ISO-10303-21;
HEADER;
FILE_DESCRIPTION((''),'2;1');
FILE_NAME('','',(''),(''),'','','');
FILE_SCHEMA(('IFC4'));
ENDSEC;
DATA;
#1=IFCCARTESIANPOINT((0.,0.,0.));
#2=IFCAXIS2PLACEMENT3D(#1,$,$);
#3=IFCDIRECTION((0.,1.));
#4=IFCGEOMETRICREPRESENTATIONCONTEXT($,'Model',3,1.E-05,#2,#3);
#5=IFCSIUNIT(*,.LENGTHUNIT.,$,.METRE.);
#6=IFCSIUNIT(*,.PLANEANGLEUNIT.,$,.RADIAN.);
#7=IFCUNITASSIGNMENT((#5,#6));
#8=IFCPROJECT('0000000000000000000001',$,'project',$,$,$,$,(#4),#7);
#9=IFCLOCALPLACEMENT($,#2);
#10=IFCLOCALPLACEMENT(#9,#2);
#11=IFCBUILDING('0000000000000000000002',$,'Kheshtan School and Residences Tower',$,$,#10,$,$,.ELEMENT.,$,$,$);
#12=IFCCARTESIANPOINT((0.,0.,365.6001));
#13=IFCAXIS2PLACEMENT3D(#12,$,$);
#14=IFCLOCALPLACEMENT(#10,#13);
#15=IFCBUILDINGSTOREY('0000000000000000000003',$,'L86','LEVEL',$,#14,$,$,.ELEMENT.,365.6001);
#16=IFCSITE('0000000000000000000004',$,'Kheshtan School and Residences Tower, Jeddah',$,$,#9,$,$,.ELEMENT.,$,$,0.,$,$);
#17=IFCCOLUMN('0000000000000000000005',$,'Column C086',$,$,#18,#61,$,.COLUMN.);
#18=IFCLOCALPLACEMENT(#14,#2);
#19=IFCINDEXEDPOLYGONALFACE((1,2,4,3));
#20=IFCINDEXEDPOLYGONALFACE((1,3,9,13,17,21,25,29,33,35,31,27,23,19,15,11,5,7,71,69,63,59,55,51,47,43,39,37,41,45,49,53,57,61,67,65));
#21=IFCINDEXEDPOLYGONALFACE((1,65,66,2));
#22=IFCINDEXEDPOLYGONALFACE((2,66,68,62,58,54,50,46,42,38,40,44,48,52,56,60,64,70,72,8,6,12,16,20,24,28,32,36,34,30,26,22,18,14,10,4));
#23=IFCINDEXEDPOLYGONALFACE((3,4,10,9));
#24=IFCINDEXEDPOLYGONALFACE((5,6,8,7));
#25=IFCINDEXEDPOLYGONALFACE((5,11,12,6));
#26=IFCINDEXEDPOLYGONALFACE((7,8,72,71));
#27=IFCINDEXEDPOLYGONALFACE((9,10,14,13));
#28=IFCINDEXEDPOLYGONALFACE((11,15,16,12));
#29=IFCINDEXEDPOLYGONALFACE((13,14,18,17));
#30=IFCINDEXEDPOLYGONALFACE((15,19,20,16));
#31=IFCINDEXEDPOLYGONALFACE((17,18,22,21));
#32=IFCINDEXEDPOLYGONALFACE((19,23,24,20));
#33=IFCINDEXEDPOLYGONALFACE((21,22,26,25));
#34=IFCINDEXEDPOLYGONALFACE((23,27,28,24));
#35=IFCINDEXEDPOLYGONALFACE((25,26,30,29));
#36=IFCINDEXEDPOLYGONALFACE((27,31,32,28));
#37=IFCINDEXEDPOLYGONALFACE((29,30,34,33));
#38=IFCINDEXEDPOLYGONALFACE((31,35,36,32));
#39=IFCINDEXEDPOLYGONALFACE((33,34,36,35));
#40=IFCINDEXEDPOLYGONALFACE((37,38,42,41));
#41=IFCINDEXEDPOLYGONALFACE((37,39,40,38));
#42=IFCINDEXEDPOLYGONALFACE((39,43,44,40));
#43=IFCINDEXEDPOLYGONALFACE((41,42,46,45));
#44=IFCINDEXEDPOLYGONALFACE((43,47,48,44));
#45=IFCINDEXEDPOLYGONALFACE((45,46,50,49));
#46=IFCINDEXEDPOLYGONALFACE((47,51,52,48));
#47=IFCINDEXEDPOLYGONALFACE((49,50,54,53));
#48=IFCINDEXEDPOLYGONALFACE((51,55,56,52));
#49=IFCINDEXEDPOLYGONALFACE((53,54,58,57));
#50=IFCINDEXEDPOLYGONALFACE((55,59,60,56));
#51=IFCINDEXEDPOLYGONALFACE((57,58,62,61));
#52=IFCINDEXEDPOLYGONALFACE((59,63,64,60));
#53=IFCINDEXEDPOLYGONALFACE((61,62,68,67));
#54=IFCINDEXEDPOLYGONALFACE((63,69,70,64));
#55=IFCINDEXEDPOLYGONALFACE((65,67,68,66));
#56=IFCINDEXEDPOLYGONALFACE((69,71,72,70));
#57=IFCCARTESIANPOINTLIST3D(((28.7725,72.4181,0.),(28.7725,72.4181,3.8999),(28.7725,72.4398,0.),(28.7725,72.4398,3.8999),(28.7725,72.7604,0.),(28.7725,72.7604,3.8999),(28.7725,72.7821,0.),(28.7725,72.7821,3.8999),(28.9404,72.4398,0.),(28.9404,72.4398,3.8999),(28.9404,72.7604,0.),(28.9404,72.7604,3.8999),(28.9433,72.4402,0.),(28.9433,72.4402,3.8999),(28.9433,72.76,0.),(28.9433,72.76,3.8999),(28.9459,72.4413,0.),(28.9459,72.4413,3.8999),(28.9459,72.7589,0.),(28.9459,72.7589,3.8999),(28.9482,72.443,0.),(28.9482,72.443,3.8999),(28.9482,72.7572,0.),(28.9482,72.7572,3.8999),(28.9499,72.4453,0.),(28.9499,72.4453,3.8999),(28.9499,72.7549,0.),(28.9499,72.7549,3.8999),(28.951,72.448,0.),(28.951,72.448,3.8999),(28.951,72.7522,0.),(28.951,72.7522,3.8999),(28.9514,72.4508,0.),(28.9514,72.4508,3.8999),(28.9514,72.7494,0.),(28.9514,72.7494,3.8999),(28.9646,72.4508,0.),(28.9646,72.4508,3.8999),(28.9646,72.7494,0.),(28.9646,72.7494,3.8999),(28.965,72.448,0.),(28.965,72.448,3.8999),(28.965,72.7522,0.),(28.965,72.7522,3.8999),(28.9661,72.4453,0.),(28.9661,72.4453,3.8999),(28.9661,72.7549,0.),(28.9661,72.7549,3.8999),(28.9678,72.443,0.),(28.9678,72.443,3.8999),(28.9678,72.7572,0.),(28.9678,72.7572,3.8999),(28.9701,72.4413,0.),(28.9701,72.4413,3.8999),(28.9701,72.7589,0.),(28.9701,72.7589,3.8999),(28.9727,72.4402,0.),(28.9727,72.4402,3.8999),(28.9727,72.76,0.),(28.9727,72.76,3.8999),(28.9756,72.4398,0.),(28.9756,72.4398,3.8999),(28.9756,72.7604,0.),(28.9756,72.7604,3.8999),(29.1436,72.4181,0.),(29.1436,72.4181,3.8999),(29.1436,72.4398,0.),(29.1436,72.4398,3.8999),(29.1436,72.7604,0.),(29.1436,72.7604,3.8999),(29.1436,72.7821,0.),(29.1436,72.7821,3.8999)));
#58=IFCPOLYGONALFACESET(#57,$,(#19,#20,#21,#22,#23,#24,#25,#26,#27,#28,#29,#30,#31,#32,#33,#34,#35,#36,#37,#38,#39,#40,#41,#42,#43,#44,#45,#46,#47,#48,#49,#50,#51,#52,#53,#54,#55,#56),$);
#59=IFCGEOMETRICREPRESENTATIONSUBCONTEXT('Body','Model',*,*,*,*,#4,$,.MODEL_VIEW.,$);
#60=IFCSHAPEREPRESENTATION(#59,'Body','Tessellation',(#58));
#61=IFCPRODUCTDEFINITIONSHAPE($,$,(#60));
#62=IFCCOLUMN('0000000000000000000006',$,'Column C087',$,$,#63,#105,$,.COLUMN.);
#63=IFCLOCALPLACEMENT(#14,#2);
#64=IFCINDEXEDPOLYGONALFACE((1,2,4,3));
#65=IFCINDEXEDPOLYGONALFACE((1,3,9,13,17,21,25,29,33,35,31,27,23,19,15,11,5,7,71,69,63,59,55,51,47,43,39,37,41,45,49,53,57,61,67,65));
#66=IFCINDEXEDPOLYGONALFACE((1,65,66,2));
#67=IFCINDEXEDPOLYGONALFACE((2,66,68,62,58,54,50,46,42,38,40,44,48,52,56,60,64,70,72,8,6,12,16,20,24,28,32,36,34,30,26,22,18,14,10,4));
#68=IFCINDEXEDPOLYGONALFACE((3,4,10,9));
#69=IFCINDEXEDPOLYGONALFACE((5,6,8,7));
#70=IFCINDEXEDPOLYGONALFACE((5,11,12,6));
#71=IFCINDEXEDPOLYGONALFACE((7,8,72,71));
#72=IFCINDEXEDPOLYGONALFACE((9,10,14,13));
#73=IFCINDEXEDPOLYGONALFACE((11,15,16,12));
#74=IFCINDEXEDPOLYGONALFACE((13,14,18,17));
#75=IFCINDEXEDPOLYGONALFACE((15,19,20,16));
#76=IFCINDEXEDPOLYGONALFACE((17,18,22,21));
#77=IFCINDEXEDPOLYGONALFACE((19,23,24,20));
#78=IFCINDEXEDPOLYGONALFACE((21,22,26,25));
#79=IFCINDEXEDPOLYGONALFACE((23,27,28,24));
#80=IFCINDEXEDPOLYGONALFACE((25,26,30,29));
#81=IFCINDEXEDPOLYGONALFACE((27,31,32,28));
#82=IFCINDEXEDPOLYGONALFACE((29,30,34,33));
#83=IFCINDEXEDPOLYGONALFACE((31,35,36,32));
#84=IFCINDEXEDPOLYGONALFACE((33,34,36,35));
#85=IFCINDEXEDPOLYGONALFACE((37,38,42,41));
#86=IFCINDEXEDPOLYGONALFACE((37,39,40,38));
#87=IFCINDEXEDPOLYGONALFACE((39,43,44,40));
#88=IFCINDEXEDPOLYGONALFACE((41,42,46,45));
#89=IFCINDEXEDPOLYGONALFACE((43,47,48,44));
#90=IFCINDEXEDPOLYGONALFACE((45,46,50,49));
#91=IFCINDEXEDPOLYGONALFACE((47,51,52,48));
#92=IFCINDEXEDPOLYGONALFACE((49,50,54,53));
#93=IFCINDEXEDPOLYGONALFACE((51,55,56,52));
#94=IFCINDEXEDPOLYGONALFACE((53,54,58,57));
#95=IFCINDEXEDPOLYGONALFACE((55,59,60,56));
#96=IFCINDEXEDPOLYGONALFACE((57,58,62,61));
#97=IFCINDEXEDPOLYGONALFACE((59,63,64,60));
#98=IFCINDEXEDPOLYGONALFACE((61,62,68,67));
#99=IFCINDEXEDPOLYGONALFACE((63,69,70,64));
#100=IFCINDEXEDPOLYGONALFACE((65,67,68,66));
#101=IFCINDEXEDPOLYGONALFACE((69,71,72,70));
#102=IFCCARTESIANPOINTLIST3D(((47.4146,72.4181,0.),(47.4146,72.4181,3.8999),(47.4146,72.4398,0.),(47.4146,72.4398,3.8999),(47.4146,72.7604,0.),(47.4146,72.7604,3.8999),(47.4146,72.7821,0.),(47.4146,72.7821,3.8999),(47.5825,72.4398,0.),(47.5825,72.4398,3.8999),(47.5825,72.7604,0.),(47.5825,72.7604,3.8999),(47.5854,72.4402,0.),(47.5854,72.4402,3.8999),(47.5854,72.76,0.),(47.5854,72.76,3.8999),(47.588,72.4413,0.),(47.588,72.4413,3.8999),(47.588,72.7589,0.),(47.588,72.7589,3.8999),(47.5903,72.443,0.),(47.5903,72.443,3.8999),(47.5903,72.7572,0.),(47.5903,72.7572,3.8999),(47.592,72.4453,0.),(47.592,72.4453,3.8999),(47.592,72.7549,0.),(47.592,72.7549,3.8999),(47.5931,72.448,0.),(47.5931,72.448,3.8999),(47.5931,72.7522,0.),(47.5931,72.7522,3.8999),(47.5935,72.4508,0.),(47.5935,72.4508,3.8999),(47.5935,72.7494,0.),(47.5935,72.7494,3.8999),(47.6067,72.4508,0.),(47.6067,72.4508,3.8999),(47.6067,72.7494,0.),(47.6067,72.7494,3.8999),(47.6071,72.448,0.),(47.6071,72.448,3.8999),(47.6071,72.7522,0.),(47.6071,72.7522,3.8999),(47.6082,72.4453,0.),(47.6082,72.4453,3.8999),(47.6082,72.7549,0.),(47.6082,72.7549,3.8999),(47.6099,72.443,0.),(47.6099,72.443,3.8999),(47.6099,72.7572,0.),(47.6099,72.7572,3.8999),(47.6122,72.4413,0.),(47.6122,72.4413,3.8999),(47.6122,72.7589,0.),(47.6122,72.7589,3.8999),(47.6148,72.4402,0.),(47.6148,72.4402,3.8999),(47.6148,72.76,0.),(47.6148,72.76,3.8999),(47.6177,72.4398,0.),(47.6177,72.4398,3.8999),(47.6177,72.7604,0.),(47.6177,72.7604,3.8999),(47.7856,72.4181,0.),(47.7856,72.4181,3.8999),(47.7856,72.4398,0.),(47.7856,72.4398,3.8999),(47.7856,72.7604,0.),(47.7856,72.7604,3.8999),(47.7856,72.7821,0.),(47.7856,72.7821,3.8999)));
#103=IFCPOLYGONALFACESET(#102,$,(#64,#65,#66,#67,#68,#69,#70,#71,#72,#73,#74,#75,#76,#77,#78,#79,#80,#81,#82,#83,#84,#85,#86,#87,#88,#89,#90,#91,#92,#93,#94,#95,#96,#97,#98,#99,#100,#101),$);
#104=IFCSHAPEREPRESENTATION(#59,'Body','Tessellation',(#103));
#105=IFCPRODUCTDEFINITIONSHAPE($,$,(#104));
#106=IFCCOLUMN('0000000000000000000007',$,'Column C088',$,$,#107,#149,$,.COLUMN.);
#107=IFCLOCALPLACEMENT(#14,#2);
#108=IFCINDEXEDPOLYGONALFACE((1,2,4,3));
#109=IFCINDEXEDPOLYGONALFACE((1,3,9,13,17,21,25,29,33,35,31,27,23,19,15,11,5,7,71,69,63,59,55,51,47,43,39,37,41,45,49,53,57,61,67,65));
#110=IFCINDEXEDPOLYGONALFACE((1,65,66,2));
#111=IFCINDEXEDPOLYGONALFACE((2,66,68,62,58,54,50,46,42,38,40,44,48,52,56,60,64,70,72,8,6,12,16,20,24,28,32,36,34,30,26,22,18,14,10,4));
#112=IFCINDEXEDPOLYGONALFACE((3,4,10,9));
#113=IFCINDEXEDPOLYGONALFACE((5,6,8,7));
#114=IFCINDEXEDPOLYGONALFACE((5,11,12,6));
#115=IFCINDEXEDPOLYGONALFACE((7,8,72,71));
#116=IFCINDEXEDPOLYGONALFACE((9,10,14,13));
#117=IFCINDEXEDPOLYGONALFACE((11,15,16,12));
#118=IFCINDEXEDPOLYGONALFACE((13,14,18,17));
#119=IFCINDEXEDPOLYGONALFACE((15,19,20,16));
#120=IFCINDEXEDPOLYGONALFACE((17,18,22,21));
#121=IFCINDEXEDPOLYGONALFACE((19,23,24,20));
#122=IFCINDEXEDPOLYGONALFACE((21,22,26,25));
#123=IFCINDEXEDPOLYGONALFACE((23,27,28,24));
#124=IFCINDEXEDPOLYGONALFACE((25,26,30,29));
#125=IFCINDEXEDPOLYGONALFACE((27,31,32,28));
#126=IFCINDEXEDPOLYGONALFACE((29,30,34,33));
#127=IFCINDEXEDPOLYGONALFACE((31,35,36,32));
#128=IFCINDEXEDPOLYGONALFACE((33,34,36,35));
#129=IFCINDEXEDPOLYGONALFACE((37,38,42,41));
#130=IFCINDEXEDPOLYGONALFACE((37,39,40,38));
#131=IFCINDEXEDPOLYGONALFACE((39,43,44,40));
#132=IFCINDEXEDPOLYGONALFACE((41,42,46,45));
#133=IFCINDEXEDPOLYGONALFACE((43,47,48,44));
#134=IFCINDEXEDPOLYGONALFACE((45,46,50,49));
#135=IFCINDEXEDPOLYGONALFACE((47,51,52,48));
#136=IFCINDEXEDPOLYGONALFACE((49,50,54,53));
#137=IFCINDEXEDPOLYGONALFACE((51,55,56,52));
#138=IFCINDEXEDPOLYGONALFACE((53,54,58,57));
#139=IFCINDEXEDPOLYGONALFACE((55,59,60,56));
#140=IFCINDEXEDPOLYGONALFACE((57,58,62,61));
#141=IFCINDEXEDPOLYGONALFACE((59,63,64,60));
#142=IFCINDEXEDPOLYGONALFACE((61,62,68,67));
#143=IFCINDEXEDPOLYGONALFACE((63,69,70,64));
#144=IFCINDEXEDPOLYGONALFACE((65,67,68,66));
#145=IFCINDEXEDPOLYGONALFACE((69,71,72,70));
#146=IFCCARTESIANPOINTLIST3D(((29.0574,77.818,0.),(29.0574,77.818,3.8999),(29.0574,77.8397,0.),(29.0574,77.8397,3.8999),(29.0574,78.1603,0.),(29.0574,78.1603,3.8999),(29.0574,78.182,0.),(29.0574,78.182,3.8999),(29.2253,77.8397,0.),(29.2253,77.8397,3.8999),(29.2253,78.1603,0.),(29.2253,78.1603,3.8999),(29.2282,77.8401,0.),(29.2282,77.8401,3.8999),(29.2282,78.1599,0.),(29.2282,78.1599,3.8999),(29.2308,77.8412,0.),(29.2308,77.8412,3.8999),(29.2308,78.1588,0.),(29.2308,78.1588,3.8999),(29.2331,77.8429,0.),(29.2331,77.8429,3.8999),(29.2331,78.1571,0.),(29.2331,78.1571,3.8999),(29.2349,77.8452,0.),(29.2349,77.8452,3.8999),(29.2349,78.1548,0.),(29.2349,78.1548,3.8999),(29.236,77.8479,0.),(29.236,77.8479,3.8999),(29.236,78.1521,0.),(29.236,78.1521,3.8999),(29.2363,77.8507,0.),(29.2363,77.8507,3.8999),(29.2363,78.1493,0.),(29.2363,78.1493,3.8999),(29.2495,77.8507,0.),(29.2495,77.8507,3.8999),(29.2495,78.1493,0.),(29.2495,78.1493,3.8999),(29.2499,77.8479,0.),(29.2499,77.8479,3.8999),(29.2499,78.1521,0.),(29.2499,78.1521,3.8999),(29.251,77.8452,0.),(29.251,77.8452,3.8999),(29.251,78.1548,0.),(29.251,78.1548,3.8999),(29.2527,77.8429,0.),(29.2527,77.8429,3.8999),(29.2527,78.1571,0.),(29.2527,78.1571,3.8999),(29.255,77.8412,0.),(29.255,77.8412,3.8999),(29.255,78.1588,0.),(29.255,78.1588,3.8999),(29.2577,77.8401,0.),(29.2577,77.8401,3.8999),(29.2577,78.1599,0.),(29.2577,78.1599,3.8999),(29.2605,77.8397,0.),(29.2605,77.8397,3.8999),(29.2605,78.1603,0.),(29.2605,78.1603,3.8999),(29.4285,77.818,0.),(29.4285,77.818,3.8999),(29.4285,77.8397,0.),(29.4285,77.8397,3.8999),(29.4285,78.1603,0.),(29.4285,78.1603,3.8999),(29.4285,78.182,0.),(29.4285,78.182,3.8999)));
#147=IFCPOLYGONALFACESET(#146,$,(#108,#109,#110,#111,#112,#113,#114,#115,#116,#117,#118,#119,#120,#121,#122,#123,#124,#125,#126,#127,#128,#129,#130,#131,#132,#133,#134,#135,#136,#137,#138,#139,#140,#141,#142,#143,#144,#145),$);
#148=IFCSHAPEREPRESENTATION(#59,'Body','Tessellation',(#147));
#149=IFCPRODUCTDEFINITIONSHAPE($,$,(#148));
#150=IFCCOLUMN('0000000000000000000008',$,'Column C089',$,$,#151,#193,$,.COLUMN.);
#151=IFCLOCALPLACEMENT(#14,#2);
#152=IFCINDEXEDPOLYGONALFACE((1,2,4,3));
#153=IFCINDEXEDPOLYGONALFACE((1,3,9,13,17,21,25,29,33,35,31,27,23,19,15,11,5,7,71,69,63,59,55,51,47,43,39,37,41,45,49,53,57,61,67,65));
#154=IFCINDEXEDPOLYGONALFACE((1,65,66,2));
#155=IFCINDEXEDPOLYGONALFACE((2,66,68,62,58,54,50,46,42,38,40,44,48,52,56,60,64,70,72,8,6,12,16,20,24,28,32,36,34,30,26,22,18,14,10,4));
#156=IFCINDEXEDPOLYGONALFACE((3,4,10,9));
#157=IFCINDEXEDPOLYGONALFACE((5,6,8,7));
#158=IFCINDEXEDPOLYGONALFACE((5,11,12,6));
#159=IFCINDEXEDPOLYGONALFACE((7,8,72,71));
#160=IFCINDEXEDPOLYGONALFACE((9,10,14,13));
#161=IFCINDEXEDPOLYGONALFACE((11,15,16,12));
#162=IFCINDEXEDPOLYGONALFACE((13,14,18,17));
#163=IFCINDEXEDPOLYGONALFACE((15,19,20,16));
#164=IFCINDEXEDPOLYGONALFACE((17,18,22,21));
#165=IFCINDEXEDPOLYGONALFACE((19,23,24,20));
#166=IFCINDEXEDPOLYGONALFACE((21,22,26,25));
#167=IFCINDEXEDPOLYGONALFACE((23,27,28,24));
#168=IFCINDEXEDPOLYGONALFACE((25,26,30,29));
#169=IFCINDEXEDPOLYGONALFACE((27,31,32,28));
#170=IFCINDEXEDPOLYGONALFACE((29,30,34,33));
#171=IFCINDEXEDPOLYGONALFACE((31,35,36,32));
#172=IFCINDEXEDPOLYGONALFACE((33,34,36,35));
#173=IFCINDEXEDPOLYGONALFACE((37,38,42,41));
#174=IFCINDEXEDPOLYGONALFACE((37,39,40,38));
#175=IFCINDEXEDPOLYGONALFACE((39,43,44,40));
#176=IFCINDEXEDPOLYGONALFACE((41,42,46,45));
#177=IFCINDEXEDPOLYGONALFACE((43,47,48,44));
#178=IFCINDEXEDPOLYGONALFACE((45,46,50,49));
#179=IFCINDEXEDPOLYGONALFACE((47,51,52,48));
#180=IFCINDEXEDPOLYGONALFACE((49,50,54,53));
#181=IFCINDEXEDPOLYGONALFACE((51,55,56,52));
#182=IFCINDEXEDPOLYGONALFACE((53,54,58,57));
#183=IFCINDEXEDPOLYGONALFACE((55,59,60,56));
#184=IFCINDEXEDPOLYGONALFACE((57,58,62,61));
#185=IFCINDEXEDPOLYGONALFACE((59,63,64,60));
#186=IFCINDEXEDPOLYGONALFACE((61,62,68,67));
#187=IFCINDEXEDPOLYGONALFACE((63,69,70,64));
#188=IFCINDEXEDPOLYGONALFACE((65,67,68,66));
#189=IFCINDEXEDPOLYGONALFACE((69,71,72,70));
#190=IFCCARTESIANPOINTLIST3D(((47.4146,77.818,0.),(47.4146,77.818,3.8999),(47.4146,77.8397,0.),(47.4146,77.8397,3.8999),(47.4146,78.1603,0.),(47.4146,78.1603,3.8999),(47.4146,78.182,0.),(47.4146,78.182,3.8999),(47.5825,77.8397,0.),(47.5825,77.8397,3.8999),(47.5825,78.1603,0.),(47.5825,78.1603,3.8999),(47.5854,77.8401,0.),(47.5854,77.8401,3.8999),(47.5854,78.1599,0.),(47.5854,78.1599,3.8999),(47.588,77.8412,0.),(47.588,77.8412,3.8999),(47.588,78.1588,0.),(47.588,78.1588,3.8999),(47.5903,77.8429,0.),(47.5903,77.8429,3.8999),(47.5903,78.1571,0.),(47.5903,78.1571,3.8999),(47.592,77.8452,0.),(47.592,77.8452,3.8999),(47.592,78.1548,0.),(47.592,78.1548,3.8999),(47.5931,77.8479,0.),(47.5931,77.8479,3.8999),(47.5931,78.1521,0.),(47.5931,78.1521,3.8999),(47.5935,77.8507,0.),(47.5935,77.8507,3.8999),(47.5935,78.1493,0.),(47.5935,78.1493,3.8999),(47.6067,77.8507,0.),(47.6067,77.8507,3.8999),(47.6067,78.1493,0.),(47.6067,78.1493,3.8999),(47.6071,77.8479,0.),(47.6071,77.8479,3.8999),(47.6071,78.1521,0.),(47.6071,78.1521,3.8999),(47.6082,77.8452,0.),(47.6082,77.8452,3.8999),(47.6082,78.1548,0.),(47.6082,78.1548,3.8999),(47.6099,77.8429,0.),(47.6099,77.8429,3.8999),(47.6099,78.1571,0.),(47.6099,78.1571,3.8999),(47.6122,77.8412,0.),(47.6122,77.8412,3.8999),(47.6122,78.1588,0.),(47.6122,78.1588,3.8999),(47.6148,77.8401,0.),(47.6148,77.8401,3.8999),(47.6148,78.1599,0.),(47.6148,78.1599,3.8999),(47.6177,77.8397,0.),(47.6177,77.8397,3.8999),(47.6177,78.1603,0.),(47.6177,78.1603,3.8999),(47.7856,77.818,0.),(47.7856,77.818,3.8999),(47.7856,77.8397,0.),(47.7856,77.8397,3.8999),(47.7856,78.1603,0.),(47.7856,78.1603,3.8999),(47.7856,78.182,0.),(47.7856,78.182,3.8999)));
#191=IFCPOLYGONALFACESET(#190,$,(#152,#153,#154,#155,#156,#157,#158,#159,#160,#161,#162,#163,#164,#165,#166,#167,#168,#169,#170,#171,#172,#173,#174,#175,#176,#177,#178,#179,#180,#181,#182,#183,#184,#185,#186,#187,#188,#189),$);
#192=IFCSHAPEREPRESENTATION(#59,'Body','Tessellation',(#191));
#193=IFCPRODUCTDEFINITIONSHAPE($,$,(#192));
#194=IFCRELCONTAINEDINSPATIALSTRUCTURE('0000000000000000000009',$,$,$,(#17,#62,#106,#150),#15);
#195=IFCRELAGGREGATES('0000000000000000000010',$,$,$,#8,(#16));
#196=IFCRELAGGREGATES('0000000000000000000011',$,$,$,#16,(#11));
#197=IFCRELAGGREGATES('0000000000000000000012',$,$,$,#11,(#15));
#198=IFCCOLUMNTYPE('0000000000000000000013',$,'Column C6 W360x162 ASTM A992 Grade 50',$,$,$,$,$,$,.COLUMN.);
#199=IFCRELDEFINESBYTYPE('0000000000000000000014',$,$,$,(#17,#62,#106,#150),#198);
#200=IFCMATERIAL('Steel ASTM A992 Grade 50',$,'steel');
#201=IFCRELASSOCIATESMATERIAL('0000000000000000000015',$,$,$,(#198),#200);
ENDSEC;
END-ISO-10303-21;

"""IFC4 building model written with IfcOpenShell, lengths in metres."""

from ifc_helpers import new_model, si_unit, direction, frame, origin, origin_2d, place, context, subcontext, project, spatial, i_section, extrude, material, material_profile, profile_set, type_object, element, save


model = new_model("IFC4")

# Units and contexts
model_context = context("Model", 3, precision=1e-05, world=origin(), true_north=direction((0.0, 1.0)))
body_context = subcontext(model_context, "Body", "Model", "MODEL_VIEW")
ifc_project = project(units=[si_unit("LENGTHUNIT", "METRE"), si_unit("PLANEANGLEUNIT", "RADIAN")], contexts=[model_context])

# Site, building, storey
site_placement = place(None, origin())
site = spatial("IfcSite", under=ifc_project, at=site_placement, Name="Kheshtan School and Residences Tower, Jeddah", CompositionType="ELEMENT", RefElevation=0.0)
building_placement = place(site_placement, origin())
building = spatial("IfcBuilding", under=site, at=building_placement, Name="Kheshtan School and Residences Tower", CompositionType="ELEMENT")
storey_placement = place(building_placement, frame((0.0, 0.0, 365.6001)))
storey = spatial("IfcBuildingStorey", under=building, at=storey_placement, Name="L86", Description="LEVEL", CompositionType="ELEMENT", Elevation=365.6001)

# Columns
ifc_material_1 = material(Name="Steel ASTM A992 Grade 50", Category="steel")
ifc_material_profile_1 = material_profile(ifc_material_1, i_section(OverallWidth=0.3711, OverallDepth=0.364, WebThickness=0.0132, FlangeThickness=0.0217, FilletRadius=0.011, at=origin_2d()), Name="W360x162")
ifc_profile_set_1 = profile_set([ifc_material_profile_1], Name="Steel ASTM A992 Grade 50")
column_type = type_object("IfcColumnType", Name="Column C6 W360x162 ASTM A992 Grade 50", PredefinedType="COLUMN", material=ifc_profile_set_1)
for number, where, z_axis, x_axis, name in (
    (1, (28.958, 72.6001, 0.0), (0.0, 0.0, 1.0), (1.0, 0.0, 0.0), "Column C086"),
    (2, (47.6001, 72.6001, 0.0), (0.0, 0.0, 1.0), (1.0, 0.0, 0.0), "Column C087"),
    (3, (29.2429, 78.0, 0.0), (0.0, 0.0, 1.0), (1.0, 0.0, 0.0), "Column C088"),
    (4, (47.6001, 78.0, 0.0), (0.0, 0.0, 1.0), (1.0, 0.0, 0.0), "Column C089"),
):
    element("IfcColumn", number, at=place(storey_placement, frame(where, z_axis=z_axis, x_axis=x_axis)), inside=storey, type_object=column_type, Name=name, PredefinedType="COLUMN", context=body_context, shape_type="SweptSolid", body=[
        extrude(i_section(OverallWidth=0.3711, OverallDepth=0.364, WebThickness=0.0132, FlangeThickness=0.0217, FilletRadius=0.011, at=origin_2d()), origin(), (0.0, 0.0, 1.0), 3.8999),
    ])

save(model, "model.ifc")
